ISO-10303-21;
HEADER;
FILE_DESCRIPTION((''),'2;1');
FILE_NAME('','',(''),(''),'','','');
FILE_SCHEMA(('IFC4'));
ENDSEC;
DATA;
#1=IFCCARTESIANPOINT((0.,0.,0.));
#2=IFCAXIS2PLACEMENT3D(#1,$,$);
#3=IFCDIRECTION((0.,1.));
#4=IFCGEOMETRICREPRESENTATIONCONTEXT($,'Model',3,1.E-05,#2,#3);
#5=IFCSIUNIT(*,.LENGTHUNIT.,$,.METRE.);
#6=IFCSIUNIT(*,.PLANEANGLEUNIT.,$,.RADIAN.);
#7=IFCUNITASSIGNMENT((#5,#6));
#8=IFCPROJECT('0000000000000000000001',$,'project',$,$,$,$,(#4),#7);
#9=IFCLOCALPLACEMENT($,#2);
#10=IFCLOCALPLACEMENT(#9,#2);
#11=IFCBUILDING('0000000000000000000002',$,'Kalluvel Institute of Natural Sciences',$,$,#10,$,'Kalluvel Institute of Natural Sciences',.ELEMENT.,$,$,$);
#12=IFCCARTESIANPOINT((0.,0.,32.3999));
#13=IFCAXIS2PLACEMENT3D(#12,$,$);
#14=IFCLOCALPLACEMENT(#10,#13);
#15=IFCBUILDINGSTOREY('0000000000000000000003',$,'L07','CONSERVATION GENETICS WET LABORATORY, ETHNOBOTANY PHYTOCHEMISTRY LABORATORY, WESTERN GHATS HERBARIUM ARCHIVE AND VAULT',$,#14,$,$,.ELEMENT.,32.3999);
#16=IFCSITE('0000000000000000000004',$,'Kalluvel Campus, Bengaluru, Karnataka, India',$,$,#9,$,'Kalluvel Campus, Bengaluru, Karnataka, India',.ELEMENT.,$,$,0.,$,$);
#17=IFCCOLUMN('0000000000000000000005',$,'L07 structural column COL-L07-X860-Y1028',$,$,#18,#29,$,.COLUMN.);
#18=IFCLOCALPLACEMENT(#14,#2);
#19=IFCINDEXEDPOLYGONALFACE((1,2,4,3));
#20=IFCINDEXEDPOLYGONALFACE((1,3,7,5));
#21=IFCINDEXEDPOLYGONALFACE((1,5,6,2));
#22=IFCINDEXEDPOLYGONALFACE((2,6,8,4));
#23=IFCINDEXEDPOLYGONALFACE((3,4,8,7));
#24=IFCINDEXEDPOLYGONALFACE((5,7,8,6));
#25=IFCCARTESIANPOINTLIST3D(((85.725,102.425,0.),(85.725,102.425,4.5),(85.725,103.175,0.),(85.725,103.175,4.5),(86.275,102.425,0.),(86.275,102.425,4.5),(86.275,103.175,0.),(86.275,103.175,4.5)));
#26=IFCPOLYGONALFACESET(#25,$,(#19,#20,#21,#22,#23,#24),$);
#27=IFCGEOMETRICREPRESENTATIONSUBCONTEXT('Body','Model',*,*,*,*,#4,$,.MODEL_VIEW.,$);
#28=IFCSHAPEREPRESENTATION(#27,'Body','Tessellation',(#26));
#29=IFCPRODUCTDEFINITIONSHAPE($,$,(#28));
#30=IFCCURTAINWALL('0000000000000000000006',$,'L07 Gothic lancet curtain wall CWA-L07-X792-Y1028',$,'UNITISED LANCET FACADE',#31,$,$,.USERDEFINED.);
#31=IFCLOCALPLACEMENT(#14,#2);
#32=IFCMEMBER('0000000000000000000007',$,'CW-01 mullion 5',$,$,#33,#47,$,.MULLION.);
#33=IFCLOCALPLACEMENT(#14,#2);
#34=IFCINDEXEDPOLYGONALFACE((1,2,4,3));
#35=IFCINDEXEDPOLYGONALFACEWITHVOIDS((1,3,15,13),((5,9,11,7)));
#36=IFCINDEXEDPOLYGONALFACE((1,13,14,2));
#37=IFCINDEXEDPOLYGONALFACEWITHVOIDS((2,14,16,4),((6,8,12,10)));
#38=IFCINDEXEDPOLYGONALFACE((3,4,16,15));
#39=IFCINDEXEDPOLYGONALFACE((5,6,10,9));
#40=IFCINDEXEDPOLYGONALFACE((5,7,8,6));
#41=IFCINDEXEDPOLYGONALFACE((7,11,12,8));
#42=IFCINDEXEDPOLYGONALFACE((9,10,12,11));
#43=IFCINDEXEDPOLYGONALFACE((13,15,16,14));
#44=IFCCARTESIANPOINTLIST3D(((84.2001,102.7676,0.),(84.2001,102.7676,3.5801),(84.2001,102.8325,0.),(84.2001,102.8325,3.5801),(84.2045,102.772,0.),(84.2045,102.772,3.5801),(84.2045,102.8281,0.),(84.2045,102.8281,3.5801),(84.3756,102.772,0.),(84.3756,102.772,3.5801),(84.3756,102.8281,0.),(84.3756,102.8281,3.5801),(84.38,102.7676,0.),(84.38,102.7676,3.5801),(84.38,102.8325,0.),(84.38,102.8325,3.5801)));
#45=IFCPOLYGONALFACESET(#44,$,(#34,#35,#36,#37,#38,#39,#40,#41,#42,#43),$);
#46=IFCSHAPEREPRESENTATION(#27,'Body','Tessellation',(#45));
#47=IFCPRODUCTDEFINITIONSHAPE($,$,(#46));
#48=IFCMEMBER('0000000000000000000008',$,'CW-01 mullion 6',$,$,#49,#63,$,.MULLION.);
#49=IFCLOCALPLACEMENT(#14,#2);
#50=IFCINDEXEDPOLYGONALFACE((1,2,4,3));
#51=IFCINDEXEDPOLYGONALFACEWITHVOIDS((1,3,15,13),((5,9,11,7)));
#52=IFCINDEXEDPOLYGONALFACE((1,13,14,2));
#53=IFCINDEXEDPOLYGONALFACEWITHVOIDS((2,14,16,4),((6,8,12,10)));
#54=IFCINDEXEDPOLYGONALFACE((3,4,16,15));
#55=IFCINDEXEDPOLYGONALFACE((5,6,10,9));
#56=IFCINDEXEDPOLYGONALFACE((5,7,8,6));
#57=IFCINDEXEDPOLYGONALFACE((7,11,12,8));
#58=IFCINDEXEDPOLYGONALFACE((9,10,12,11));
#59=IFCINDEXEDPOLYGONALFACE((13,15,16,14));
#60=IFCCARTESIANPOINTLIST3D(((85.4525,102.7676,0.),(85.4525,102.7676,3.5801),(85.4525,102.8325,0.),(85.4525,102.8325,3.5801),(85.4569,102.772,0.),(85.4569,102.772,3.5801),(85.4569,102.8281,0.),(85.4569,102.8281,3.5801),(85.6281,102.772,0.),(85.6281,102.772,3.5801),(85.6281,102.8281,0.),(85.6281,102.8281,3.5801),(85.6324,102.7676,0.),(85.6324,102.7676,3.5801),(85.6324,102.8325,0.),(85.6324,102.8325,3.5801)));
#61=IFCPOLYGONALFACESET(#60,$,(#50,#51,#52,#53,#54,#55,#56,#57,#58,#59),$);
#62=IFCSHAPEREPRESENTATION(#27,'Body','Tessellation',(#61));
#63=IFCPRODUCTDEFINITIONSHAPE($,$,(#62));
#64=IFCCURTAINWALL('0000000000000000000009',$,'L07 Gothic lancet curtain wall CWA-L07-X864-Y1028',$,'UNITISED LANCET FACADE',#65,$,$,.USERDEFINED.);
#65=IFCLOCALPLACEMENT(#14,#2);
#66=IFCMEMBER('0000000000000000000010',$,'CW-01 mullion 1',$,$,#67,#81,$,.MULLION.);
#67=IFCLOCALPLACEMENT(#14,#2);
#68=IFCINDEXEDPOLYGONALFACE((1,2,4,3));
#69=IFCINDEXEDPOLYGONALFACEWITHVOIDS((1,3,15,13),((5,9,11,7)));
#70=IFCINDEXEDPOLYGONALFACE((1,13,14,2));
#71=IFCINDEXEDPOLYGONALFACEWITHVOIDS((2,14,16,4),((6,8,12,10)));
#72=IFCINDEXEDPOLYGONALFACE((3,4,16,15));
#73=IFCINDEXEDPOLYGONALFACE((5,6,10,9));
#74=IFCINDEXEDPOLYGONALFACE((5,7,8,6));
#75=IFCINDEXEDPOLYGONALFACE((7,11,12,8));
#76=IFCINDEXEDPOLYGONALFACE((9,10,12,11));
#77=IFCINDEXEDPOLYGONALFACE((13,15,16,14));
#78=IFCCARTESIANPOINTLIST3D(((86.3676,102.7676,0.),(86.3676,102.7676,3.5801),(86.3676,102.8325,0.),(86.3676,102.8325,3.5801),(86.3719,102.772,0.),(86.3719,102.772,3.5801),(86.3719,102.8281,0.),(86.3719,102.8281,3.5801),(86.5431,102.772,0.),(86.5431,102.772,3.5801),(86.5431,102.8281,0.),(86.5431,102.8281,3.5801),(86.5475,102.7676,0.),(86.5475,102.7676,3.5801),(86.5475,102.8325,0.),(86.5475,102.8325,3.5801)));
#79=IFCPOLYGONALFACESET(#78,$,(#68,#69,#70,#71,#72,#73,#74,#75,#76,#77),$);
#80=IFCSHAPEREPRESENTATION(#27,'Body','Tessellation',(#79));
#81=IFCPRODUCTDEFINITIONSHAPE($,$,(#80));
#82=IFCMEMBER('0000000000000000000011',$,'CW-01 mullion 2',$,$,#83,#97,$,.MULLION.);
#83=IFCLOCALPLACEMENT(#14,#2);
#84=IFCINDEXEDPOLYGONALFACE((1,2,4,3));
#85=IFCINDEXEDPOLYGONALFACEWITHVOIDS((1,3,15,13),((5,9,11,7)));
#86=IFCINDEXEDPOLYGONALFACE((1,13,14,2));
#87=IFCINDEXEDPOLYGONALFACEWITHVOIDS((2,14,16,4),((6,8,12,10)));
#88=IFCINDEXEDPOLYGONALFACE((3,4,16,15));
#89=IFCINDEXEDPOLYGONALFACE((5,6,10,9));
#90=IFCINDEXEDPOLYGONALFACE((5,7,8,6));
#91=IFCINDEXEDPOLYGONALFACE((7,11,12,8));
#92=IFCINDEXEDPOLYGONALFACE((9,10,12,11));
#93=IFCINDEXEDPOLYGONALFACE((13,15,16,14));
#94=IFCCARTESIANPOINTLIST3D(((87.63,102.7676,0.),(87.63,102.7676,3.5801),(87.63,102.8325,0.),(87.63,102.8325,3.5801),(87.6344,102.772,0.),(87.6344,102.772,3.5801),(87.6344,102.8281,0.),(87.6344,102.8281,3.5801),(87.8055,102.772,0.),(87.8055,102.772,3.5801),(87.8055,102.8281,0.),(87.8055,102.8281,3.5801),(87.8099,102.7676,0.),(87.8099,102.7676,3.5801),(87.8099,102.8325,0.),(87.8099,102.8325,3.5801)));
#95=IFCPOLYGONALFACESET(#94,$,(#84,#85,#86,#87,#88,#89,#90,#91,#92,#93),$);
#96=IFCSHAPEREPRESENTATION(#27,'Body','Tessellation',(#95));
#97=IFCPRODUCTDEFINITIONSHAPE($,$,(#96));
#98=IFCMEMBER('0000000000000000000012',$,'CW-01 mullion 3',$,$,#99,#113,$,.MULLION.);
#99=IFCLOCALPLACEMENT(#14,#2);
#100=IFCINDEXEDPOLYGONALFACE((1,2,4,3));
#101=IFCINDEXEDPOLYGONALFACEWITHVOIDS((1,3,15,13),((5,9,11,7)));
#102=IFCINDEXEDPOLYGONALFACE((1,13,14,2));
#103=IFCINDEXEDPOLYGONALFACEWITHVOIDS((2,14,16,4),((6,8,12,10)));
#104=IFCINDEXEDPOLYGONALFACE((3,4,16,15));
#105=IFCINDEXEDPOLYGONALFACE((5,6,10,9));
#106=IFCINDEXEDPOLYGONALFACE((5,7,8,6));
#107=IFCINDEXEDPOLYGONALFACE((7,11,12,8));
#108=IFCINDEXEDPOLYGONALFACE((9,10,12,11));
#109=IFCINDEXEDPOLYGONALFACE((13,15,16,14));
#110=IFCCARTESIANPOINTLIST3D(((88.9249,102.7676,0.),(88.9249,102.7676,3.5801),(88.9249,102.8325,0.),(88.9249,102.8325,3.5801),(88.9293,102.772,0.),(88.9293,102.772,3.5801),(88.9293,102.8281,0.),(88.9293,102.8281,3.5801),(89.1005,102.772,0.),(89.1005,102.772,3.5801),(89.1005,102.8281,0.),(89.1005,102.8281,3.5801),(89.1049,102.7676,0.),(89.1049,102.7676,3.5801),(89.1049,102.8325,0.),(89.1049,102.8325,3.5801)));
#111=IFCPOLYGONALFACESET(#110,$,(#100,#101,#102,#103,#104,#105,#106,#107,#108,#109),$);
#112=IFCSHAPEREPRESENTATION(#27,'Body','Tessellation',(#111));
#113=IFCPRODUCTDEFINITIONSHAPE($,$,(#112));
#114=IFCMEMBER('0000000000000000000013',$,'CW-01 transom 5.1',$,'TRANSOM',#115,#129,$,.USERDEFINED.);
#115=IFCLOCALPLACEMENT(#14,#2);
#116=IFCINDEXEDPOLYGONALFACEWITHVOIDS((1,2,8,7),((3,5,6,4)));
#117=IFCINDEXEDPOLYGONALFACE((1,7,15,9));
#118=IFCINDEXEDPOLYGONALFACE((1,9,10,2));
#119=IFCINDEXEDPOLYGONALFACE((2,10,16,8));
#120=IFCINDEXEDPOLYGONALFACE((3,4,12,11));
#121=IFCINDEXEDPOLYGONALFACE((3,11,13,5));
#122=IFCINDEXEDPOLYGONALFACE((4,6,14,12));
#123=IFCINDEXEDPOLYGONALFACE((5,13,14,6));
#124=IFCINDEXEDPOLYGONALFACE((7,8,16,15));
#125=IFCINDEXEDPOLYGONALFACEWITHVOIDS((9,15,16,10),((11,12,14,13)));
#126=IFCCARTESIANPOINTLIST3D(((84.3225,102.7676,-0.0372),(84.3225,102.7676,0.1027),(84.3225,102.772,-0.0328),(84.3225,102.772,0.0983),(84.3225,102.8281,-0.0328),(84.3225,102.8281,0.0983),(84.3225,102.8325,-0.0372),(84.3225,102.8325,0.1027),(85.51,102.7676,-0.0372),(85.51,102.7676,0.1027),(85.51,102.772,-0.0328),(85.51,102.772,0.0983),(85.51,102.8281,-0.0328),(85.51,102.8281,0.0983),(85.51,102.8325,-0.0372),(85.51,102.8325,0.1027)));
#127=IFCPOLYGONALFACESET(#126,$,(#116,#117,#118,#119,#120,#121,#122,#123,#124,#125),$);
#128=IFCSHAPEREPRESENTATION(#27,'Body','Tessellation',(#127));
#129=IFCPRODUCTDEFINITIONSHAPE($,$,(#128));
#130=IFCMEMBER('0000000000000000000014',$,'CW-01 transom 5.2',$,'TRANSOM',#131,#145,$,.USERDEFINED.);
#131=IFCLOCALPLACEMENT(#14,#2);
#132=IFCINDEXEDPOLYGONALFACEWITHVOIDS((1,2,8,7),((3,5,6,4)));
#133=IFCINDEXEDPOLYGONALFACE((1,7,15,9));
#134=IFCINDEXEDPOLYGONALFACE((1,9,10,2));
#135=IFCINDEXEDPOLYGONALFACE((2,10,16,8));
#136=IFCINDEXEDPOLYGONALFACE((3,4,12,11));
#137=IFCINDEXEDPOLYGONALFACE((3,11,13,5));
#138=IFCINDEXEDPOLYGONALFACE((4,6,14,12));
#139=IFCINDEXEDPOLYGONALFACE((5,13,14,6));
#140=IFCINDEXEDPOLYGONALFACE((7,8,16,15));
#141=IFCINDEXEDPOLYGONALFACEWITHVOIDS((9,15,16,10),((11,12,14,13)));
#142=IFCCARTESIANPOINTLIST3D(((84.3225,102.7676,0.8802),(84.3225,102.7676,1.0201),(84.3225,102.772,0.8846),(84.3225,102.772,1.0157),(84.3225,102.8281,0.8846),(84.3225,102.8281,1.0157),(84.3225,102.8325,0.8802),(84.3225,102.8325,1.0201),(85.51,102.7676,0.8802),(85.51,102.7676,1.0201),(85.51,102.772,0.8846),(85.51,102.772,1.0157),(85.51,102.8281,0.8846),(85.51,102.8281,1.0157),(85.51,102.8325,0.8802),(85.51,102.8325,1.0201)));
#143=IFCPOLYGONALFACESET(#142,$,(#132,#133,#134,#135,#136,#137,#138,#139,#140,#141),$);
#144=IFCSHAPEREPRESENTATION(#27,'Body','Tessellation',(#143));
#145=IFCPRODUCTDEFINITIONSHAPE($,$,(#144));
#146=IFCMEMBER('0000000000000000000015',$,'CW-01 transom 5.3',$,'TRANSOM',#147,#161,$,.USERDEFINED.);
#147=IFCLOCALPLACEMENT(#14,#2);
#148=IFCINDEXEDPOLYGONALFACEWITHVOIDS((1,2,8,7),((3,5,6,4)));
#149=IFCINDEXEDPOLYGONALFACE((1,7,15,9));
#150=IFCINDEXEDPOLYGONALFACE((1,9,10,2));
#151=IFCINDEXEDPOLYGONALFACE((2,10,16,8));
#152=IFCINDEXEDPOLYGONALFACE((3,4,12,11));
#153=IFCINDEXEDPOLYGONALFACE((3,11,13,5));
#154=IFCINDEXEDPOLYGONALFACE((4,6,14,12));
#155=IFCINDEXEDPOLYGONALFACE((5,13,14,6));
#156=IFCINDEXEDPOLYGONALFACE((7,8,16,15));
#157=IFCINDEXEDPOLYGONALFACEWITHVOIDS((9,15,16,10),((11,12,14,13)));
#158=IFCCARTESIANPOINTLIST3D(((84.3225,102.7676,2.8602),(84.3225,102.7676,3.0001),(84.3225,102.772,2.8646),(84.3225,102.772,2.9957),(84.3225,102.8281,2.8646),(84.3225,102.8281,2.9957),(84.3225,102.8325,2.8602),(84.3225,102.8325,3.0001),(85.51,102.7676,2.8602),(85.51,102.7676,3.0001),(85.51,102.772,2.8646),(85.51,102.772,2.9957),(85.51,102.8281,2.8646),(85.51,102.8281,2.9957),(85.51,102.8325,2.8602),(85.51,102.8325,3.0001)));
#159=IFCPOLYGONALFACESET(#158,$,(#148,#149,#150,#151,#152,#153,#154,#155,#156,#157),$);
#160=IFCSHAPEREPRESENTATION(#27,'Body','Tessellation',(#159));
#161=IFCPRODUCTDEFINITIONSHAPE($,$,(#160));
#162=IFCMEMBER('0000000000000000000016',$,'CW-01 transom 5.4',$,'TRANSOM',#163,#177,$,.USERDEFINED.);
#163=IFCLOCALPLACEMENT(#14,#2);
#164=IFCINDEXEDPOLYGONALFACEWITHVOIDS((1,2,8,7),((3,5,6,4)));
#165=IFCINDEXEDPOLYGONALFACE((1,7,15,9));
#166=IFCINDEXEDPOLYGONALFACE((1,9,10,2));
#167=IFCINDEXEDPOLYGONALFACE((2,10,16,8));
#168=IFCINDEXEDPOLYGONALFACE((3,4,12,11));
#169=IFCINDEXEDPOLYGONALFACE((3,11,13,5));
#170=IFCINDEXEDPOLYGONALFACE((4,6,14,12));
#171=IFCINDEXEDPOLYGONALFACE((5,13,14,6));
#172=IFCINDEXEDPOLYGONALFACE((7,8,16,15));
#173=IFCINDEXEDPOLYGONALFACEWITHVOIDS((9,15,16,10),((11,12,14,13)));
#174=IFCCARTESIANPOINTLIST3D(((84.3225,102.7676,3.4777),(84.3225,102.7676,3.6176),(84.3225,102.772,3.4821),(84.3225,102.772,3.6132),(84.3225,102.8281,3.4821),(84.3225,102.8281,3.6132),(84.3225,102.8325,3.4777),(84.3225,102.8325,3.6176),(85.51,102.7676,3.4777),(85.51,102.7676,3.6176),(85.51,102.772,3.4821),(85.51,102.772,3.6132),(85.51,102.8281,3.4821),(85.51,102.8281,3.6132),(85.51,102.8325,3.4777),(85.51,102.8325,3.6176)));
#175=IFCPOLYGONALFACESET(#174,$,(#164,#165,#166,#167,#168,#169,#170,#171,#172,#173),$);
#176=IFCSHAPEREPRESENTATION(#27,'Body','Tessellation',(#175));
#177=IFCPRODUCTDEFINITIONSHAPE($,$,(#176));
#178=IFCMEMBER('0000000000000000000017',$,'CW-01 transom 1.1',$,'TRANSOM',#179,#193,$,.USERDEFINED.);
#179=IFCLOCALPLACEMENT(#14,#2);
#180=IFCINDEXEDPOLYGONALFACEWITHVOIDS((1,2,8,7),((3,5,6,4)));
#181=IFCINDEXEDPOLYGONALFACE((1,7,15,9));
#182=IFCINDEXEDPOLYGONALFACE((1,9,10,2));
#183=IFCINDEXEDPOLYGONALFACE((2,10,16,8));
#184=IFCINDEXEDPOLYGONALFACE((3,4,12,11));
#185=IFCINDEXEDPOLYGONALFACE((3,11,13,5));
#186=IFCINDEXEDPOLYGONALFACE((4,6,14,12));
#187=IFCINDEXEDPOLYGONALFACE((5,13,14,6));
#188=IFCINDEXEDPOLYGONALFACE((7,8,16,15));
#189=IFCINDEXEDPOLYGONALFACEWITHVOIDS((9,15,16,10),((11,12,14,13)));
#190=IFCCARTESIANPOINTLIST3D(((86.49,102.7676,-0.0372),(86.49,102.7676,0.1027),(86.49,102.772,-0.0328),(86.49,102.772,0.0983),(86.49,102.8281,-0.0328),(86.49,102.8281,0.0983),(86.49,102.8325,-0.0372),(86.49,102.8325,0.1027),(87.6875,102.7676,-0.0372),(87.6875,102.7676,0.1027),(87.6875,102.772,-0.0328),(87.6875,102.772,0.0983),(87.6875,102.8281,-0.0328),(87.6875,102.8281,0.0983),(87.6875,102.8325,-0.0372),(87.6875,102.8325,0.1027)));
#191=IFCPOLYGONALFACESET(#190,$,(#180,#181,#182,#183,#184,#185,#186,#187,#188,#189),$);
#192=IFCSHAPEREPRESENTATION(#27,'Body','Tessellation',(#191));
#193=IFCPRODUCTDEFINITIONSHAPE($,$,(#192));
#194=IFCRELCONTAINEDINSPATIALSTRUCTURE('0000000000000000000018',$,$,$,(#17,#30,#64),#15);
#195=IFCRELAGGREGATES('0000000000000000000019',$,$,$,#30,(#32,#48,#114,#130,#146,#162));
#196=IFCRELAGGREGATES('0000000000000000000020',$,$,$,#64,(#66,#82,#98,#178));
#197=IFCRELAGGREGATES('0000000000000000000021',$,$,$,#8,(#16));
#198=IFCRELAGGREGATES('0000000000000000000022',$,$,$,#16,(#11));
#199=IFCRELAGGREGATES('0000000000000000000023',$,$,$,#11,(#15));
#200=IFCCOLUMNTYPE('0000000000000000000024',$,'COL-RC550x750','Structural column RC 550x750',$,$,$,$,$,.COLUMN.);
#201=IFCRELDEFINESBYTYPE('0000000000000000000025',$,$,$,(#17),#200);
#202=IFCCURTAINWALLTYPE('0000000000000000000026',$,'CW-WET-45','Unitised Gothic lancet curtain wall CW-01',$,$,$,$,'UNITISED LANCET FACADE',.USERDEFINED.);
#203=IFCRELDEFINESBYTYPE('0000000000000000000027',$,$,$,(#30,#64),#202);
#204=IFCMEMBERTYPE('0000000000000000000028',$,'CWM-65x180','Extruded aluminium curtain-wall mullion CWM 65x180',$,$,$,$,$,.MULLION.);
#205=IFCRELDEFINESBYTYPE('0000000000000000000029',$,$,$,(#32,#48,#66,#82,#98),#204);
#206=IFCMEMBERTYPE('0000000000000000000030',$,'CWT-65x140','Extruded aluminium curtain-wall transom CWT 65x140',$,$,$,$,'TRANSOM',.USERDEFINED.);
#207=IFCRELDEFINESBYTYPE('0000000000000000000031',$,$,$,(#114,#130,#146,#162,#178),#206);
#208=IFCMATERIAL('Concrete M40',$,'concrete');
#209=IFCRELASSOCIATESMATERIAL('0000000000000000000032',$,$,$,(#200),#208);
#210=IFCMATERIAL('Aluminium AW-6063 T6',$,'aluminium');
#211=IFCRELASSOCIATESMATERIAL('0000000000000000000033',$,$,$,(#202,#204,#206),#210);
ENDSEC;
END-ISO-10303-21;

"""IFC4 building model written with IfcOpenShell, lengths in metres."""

from ifc_helpers import new_model, si_unit, direction, frame, origin, origin_2d, place, context, subcontext, project, spatial, rectangle, hollow_rectangle, extrude, material, material_profile, profile_set, type_object, element, aggregate, save


model = new_model("IFC4")

# Units and contexts
model_context = context("Model", 3, precision=1e-05, world=origin(), true_north=direction((0.0, 1.0)))
body_context = subcontext(model_context, "Body", "Model", "MODEL_VIEW")
ifc_project = project(units=[si_unit("LENGTHUNIT", "METRE"), si_unit("PLANEANGLEUNIT", "RADIAN")], contexts=[model_context])

# Site, building, storey
site_placement = place(None, origin())
site = spatial("IfcSite", under=ifc_project, at=site_placement, Name="Kalluvel Campus, Bengaluru, Karnataka, India", LongName="Kalluvel Campus, Bengaluru, Karnataka, India", CompositionType="ELEMENT", RefElevation=0.0)
building_placement = place(site_placement, origin())
building = spatial("IfcBuilding", under=site, at=building_placement, Name="Kalluvel Institute of Natural Sciences", LongName="Kalluvel Institute of Natural Sciences", CompositionType="ELEMENT")
storey_placement = place(building_placement, frame((0.0, 0.0, 32.3999)))
storey = spatial("IfcBuildingStorey", under=building, at=storey_placement, Name="L07", Description="CONSERVATION GENETICS WET LABORATORY, ETHNOBOTANY PHYTOCHEMISTRY LABORATORY, WESTERN GHATS HERBARIUM ARCHIVE AND VAULT", CompositionType="ELEMENT", Elevation=32.3999)

# Column
ifc_material_1 = material(Name="Concrete M40", Category="concrete")
ifc_material_profile_1 = material_profile(ifc_material_1, rectangle(XDim=0.55, YDim=0.75, at=origin_2d()), Name="RC 550x750")
ifc_profile_set_1 = profile_set([ifc_material_profile_1], Name="Concrete M40")
column_type = type_object("IfcColumnType", Name="COL-RC550x750", Description="Structural column RC 550x750", PredefinedType="COLUMN", material=ifc_profile_set_1)
column_placement = place(storey_placement, frame((86.0, 102.8, 0.0), z_axis=(0.0, 0.0, 1.0), x_axis=(1.0, 0.0, 0.0)))
element("IfcColumn", 1, at=column_placement, inside=storey, type_object=column_type, Name="L07 structural column COL-L07-X860-Y1028", PredefinedType="COLUMN", context=body_context, shape_type="SweptSolid", body=[
    extrude(rectangle(XDim=0.55, YDim=0.75, at=origin_2d()), origin(), (0.0, 0.0, 1.0), 4.5),
])

# Curtain walls, members
ifc_material_2 = material(Name="Aluminium AW-6063 T6", Category="aluminium")
curtain_wall_type = type_object("IfcCurtainWallType", Name="CW-WET-45", Description="Unitised Gothic lancet curtain wall CW-01", ElementType="UNITISED LANCET FACADE", PredefinedType="USERDEFINED", material=ifc_material_2)
curtain_wall_1_placement = place(storey_placement, origin())
curtain_wall_1 = element("IfcCurtainWall", 2, at=curtain_wall_1_placement, inside=storey, type_object=curtain_wall_type, Name="L07 Gothic lancet curtain wall CWA-L07-X792-Y1028", ObjectType="UNITISED LANCET FACADE", PredefinedType="USERDEFINED")
ifc_material_profile_2 = material_profile(ifc_material_2, hollow_rectangle(XDim=0.0649, YDim=0.1799, WallThickness=0.0044, at=origin_2d()), Name="CWM 65x180")
ifc_profile_set_2 = profile_set([ifc_material_profile_2], Name="Aluminium AW-6063 T6")
member_type_1 = type_object("IfcMemberType", Name="CWM-65x180", Description="Extruded aluminium curtain-wall mullion CWM 65x180", PredefinedType="MULLION", material=ifc_profile_set_2)
member_1_placement = place(storey_placement, frame((84.29, 102.8, 0.0), z_axis=(0.0, 0.0, 1.0), x_axis=(0.0, 1.0, 0.0)))
member_1 = element("IfcMember", 3, at=member_1_placement, type_object=member_type_1, Name="CW-01 mullion 5", PredefinedType="MULLION", context=body_context, shape_type="SweptSolid", body=[
    extrude(hollow_rectangle(XDim=0.0649, YDim=0.1799, WallThickness=0.0044, at=origin_2d()), origin(), (0.0, 0.0, 1.0), 3.5801),
])
member_2_placement = place(storey_placement, frame((85.5425, 102.8, 0.0), z_axis=(0.0, 0.0, 1.0), x_axis=(0.0, 1.0, 0.0)))
member_2 = element("IfcMember", 4, at=member_2_placement, type_object=member_type_1, Name="CW-01 mullion 6", PredefinedType="MULLION", context=body_context, shape_type="SweptSolid", body=[
    extrude(hollow_rectangle(XDim=0.0649, YDim=0.1799, WallThickness=0.0044, at=origin_2d()), origin(), (0.0, 0.0, 1.0), 3.5801),
])
curtain_wall_2_placement = place(storey_placement, origin())
curtain_wall_2 = element("IfcCurtainWall", 5, at=curtain_wall_2_placement, inside=storey, type_object=curtain_wall_type, Name="L07 Gothic lancet curtain wall CWA-L07-X864-Y1028", ObjectType="UNITISED LANCET FACADE", PredefinedType="USERDEFINED")
member_3_placement = place(storey_placement, frame((86.4575, 102.8, 0.0), z_axis=(0.0, 0.0, 1.0), x_axis=(0.0, 1.0, 0.0)))
member_3 = element("IfcMember", 6, at=member_3_placement, type_object=member_type_1, Name="CW-01 mullion 1", PredefinedType="MULLION", context=body_context, shape_type="SweptSolid", body=[
    extrude(hollow_rectangle(XDim=0.0649, YDim=0.1799, WallThickness=0.0044, at=origin_2d()), origin(), (0.0, 0.0, 1.0), 3.5801),
])
member_4_placement = place(storey_placement, frame((87.72, 102.8, 0.0), z_axis=(0.0, 0.0, 1.0), x_axis=(0.0, 1.0, 0.0)))
member_4 = element("IfcMember", 7, at=member_4_placement, type_object=member_type_1, Name="CW-01 mullion 2", PredefinedType="MULLION", context=body_context, shape_type="SweptSolid", body=[
    extrude(hollow_rectangle(XDim=0.0649, YDim=0.1799, WallThickness=0.0044, at=origin_2d()), origin(), (0.0, 0.0, 1.0), 3.5801),
])
member_5_placement = place(storey_placement, frame((89.0149, 102.8, 0.0), z_axis=(0.0, 0.0, 1.0), x_axis=(0.0, 1.0, 0.0)))
member_5 = element("IfcMember", 8, at=member_5_placement, type_object=member_type_1, Name="CW-01 mullion 3", PredefinedType="MULLION", context=body_context, shape_type="SweptSolid", body=[
    extrude(hollow_rectangle(XDim=0.0649, YDim=0.1799, WallThickness=0.0044, at=origin_2d()), origin(), (0.0, 0.0, 1.0), 3.5801),
])

# Members
ifc_material_profile_3 = material_profile(ifc_material_2, hollow_rectangle(XDim=0.0649, YDim=0.1399, WallThickness=0.0044, at=origin_2d()), Name="CWT 65x140")
ifc_profile_set_3 = profile_set([ifc_material_profile_3], Name="Aluminium AW-6063 T6")
member_type_2 = type_object("IfcMemberType", Name="CWT-65x140", Description="Extruded aluminium curtain-wall transom CWT 65x140", ElementType="TRANSOM", PredefinedType="USERDEFINED", material=ifc_profile_set_3)
member_6_placement = place(storey_placement, frame((84.3225, 102.8, 0.0327), z_axis=(1.0, 0.0, 0.0), x_axis=(0.0, 1.0, 0.0)))
member_6 = element("IfcMember", 9, at=member_6_placement, type_object=member_type_2, Name="CW-01 transom 5.1", ObjectType="TRANSOM", PredefinedType="USERDEFINED", context=body_context, shape_type="SweptSolid", body=[
    extrude(hollow_rectangle(XDim=0.0649, YDim=0.1399, WallThickness=0.0044, at=origin_2d()), origin(), (0.0, 0.0, 1.0), 1.1875),
])
member_7_placement = place(storey_placement, frame((84.3225, 102.8, 0.9502), z_axis=(1.0, 0.0, 0.0), x_axis=(0.0, 1.0, 0.0)))
member_7 = element("IfcMember", 10, at=member_7_placement, type_object=member_type_2, Name="CW-01 transom 5.2", ObjectType="TRANSOM", PredefinedType="USERDEFINED", context=body_context, shape_type="SweptSolid", body=[
    extrude(hollow_rectangle(XDim=0.0649, YDim=0.1399, WallThickness=0.0044, at=origin_2d()), origin(), (0.0, 0.0, 1.0), 1.1875),
])
member_8_placement = place(storey_placement, frame((84.3225, 102.8, 2.9302), z_axis=(1.0, 0.0, 0.0), x_axis=(0.0, 1.0, 0.0)))
member_8 = element("IfcMember", 11, at=member_8_placement, type_object=member_type_2, Name="CW-01 transom 5.3", ObjectType="TRANSOM", PredefinedType="USERDEFINED", context=body_context, shape_type="SweptSolid", body=[
    extrude(hollow_rectangle(XDim=0.0649, YDim=0.1399, WallThickness=0.0044, at=origin_2d()), origin(), (0.0, 0.0, 1.0), 1.1875),
])
member_9_placement = place(storey_placement, frame((84.3225, 102.8, 3.5476), z_axis=(1.0, 0.0, 0.0), x_axis=(0.0, 1.0, 0.0)))
member_9 = element("IfcMember", 12, at=member_9_placement, type_object=member_type_2, Name="CW-01 transom 5.4", ObjectType="TRANSOM", PredefinedType="USERDEFINED", context=body_context, shape_type="SweptSolid", body=[
    extrude(hollow_rectangle(XDim=0.0649, YDim=0.1399, WallThickness=0.0044, at=origin_2d()), origin(), (0.0, 0.0, 1.0), 1.1875),
])
member_10_placement = place(storey_placement, frame((86.49, 102.8, 0.0327), z_axis=(1.0, 0.0, 0.0), x_axis=(0.0, 1.0, 0.0)))
member_10 = element("IfcMember", 13, at=member_10_placement, type_object=member_type_2, Name="CW-01 transom 1.1", ObjectType="TRANSOM", PredefinedType="USERDEFINED", context=body_context, shape_type="SweptSolid", body=[
    extrude(hollow_rectangle(XDim=0.0649, YDim=0.1399, WallThickness=0.0044, at=origin_2d()), origin(), (0.0, 0.0, 1.0), 1.1975),
])

aggregate(curtain_wall_1, [member_1, member_2, member_6, member_7, member_8, member_9])
aggregate(curtain_wall_2, [member_3, member_4, member_5, member_10])

save(model, "model.ifc")
